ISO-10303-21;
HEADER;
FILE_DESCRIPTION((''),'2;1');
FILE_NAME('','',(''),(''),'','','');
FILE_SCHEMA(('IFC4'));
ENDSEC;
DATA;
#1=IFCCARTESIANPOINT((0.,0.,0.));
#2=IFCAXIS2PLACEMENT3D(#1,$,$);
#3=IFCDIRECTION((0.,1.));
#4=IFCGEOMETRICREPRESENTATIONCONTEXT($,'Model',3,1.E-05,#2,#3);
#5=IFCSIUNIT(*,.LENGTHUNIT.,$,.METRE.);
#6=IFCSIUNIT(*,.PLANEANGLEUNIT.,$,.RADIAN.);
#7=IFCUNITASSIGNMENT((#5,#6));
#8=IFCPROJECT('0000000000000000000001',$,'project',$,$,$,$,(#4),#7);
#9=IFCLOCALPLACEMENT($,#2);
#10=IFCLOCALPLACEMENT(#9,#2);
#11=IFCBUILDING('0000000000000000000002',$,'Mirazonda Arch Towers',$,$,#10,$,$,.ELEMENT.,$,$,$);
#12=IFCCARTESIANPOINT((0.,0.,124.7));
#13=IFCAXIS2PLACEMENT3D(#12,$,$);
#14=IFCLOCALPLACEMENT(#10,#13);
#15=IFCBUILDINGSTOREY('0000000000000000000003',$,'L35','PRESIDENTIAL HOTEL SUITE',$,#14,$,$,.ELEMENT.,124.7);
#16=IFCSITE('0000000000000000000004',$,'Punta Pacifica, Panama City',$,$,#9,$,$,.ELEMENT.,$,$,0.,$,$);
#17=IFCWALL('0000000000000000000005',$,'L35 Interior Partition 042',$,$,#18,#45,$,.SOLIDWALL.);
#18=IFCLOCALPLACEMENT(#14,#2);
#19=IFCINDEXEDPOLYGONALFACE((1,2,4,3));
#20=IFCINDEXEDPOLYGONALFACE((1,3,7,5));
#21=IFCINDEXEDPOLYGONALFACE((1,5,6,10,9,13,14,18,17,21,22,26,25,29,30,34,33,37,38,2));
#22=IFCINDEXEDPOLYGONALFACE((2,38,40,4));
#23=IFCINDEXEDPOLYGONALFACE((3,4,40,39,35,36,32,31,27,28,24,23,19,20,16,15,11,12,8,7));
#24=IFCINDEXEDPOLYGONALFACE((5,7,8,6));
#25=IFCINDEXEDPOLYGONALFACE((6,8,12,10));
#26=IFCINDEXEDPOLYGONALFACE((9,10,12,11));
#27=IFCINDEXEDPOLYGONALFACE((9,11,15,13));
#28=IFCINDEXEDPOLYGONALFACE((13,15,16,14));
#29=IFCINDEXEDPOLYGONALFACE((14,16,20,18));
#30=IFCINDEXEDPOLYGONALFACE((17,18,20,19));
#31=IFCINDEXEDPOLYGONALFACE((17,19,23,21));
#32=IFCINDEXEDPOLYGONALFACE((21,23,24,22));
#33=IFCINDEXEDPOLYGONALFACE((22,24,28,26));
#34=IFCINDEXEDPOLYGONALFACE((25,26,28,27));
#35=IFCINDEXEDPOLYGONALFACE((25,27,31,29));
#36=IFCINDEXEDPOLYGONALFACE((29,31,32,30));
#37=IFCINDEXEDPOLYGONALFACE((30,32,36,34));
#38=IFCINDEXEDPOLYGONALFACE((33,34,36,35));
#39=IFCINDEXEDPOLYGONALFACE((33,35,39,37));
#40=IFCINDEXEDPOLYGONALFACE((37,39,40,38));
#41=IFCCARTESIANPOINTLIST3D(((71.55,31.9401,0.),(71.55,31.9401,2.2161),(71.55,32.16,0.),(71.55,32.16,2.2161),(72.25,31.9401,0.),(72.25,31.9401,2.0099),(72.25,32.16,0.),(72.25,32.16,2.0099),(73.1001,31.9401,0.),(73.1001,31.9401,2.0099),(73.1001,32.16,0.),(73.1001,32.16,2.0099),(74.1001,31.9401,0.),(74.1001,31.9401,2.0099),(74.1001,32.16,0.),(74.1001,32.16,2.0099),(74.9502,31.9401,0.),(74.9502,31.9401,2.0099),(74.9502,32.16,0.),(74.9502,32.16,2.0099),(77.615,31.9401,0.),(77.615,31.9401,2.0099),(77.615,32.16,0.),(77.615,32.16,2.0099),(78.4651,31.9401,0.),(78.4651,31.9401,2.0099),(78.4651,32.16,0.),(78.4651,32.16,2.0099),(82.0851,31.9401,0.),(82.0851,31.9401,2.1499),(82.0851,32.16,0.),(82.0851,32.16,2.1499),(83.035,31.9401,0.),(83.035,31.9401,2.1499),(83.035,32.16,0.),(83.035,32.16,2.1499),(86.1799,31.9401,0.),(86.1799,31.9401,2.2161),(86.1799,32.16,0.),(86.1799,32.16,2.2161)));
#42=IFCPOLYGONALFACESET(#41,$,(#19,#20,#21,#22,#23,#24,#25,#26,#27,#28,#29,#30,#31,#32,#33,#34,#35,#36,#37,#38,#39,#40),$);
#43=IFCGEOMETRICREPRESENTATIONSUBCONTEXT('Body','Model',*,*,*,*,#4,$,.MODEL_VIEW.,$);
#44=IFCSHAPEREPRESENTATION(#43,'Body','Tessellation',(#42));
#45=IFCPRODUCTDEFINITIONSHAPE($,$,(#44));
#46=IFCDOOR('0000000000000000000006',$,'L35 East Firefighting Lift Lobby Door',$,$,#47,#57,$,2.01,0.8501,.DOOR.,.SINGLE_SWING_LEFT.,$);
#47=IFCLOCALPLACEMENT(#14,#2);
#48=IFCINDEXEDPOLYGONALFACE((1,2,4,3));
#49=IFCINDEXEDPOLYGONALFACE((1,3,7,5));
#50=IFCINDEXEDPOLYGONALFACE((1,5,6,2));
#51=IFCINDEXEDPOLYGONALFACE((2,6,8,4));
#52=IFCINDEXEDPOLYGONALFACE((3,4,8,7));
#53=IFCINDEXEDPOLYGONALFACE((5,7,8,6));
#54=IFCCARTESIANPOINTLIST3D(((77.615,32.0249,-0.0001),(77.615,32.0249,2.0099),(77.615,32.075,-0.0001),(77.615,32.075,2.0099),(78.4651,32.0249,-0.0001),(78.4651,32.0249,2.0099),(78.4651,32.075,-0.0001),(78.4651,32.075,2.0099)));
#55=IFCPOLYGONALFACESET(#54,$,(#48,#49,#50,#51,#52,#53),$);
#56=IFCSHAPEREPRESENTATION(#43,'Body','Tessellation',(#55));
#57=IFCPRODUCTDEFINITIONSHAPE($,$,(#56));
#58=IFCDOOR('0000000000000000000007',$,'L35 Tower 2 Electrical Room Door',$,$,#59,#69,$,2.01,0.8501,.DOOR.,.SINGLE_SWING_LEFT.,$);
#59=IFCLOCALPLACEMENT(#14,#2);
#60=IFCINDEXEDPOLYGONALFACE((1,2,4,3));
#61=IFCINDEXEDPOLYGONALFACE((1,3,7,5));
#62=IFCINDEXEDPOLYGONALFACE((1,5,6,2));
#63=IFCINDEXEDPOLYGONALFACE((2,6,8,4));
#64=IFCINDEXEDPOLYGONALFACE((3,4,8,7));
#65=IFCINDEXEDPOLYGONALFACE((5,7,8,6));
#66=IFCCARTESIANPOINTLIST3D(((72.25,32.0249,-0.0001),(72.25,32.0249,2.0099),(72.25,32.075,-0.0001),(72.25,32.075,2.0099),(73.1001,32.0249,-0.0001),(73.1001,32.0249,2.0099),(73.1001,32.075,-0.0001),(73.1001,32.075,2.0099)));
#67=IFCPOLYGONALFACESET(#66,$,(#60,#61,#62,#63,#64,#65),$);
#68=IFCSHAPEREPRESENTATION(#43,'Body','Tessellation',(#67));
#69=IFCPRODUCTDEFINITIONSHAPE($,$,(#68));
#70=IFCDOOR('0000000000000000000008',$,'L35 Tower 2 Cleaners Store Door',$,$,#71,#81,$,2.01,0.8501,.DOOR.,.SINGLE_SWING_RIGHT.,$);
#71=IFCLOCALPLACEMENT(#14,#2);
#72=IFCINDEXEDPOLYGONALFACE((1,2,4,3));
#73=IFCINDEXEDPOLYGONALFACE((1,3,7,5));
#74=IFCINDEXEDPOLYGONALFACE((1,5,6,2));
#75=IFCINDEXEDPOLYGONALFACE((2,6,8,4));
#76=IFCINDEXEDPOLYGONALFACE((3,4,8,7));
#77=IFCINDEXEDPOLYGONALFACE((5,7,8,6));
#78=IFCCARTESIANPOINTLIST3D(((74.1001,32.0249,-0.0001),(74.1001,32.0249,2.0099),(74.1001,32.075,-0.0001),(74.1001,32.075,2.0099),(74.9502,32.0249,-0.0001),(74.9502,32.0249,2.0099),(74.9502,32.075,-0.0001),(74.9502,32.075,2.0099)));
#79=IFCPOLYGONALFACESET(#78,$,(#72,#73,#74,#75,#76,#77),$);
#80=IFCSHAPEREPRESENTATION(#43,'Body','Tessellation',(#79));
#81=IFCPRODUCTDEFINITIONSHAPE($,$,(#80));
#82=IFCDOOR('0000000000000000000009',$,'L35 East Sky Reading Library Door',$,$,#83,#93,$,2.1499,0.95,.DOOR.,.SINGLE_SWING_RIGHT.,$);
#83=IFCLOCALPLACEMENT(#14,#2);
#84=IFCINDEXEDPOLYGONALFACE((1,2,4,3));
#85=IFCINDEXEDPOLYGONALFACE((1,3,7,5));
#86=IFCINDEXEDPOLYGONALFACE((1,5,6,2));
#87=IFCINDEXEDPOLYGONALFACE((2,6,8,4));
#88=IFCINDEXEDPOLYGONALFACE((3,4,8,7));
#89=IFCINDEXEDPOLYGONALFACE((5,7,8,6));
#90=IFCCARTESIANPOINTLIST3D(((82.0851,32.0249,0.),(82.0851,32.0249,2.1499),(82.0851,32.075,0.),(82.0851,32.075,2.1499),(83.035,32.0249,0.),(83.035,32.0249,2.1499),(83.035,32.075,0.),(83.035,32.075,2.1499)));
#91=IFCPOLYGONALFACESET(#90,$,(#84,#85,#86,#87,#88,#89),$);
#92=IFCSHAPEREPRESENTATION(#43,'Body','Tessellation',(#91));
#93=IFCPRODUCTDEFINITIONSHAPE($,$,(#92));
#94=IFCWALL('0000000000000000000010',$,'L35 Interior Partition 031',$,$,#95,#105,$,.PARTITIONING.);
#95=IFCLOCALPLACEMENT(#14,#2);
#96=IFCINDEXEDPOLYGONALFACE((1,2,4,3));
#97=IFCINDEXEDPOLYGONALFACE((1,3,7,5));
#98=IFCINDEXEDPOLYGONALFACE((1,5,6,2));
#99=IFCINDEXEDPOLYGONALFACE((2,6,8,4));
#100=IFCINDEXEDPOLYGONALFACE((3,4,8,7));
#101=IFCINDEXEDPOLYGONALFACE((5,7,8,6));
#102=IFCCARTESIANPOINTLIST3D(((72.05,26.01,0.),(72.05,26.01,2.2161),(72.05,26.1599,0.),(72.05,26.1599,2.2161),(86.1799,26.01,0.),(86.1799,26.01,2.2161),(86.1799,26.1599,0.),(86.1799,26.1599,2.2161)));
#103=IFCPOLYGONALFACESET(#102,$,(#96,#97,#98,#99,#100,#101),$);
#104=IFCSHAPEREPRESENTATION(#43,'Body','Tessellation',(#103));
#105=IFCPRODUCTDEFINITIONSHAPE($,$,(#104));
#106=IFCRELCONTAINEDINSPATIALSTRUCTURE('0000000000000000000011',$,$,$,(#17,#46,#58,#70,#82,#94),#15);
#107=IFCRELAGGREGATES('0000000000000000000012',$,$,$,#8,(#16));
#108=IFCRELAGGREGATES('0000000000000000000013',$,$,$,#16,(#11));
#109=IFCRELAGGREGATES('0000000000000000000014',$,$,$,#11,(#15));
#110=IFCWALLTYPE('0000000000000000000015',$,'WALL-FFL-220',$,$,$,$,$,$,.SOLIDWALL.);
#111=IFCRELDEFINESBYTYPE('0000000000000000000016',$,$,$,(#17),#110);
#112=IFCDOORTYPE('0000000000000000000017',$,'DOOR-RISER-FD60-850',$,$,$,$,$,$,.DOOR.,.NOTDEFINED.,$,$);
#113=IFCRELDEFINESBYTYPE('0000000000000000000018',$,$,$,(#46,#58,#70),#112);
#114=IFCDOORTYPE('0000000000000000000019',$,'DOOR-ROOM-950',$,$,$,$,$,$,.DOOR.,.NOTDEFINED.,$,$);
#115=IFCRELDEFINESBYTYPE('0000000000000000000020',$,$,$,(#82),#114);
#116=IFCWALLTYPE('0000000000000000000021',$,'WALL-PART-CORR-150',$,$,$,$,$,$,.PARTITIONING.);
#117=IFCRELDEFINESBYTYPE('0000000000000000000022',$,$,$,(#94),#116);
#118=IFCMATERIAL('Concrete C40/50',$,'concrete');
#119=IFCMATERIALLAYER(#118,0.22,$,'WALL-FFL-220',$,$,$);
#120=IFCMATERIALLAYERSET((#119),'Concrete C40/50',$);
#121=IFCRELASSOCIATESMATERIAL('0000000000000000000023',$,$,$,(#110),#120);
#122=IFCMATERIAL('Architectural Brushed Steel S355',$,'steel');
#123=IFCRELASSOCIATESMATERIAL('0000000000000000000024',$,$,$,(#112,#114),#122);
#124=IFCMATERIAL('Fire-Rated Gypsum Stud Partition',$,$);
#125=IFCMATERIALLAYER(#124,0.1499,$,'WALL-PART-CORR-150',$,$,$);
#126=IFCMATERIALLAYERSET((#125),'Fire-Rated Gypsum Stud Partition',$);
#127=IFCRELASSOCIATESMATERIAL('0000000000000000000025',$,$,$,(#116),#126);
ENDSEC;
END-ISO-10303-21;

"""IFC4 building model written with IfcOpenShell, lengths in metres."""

from ifc_helpers import new_model, si_unit, direction, frame, frame_2d, origin, place, context, subcontext, project, spatial, rectangle, extrude, material, layer, layer_set, type_object, element, fill, save


model = new_model("IFC4")

# Units and contexts
model_context = context("Model", 3, precision=1e-05, world=origin(), true_north=direction((0.0, 1.0)))
body_context = subcontext(model_context, "Body", "Model", "MODEL_VIEW")
ifc_project = project(units=[si_unit("LENGTHUNIT", "METRE"), si_unit("PLANEANGLEUNIT", "RADIAN")], contexts=[model_context])

# Site, building, storey
site_placement = place(None, origin())
site = spatial("IfcSite", under=ifc_project, at=site_placement, Name="Punta Pacifica, Panama City", CompositionType="ELEMENT", RefElevation=0.0)
building_placement = place(site_placement, origin())
building = spatial("IfcBuilding", under=site, at=building_placement, Name="Mirazonda Arch Towers", CompositionType="ELEMENT")
storey_placement = place(building_placement, frame((0.0, 0.0, 124.7)))
storey = spatial("IfcBuildingStorey", under=building, at=storey_placement, Name="L35", Description="PRESIDENTIAL HOTEL SUITE", CompositionType="ELEMENT", Elevation=124.7)

# Wall, openings, doors
ifc_material_1 = material(Name="Architectural Brushed Steel S355", Category="steel")
ifc_material_2 = material(Name="Concrete C40/50", Category="concrete")
ifc_layer_1 = layer(ifc_material_2, 0.22, Name="WALL-FFL-220")
ifc_layer_set_1 = layer_set([ifc_layer_1], Name="Concrete C40/50")
wall_type_1 = type_object("IfcWallType", Name="WALL-FFL-220", PredefinedType="SOLIDWALL", material=ifc_layer_set_1)
wall_1_placement = place(storey_placement, frame((71.55, 32.05, 0.0), z_axis=(0.0, 0.0, 1.0), x_axis=(1.0, 0.0, 0.0)))
wall_1 = element("IfcWall", 1, at=wall_1_placement, inside=storey, type_object=wall_type_1, Name="L35 Interior Partition 042", PredefinedType="SOLIDWALL", context=body_context, shape_type="SweptSolid", body=[
    extrude(rectangle(XDim=14.6299, YDim=0.22, at=frame_2d((7.3149, 0.0))), origin(), (0.0, 0.0, 1.0), 2.2161),
])
opening_1_placement = place(wall_1_placement, frame((6.0649, 0.0, 0.0)))
opening_1 = element("IfcOpeningElement", 2, at=opening_1_placement, cuts=wall_1, PredefinedType="OPENING", context=body_context, shape_type="SweptSolid", body=[
    extrude(rectangle(XDim=0.8501, YDim=2.01, at=frame_2d((0.425, 1.0049))), frame((0.0, 0.1199, 0.0), z_axis=(0.0, -1.0, 0.0), x_axis=(1.0, 0.0, 0.0)), (0.0, 0.0, 1.0), 0.24),
])
opening_2_placement = place(wall_1_placement, frame((10.5349, 0.0, 0.0)))
opening_2 = element("IfcOpeningElement", 3, at=opening_2_placement, cuts=wall_1, PredefinedType="OPENING", context=body_context, shape_type="SweptSolid", body=[
    extrude(rectangle(XDim=0.95, YDim=2.1499, at=frame_2d((0.4751, 1.075))), frame((0.0, 0.1199, 0.0), z_axis=(0.0, -1.0, 0.0), x_axis=(1.0, 0.0, 0.0)), (0.0, 0.0, 1.0), 0.24),
])
opening_3_placement = place(wall_1_placement, frame((0.7, 0.0, 0.0)))
opening_3 = element("IfcOpeningElement", 4, at=opening_3_placement, cuts=wall_1, PredefinedType="OPENING", context=body_context, shape_type="SweptSolid", body=[
    extrude(rectangle(XDim=0.8501, YDim=2.01, at=frame_2d((0.425, 1.0049))), frame((0.0, 0.1199, 0.0), z_axis=(0.0, -1.0, 0.0), x_axis=(1.0, 0.0, 0.0)), (0.0, 0.0, 1.0), 0.24),
])
opening_4_placement = place(wall_1_placement, frame((2.55, 0.0, 0.0)))
opening_4 = element("IfcOpeningElement", 5, at=opening_4_placement, cuts=wall_1, PredefinedType="OPENING", context=body_context, shape_type="SweptSolid", body=[
    extrude(rectangle(XDim=0.8501, YDim=2.01, at=frame_2d((0.425, 1.0049))), frame((0.0, 0.1199, 0.0), z_axis=(0.0, -1.0, 0.0), x_axis=(1.0, 0.0, 0.0)), (0.0, 0.0, 1.0), 0.24),
])
door_type_1 = type_object("IfcDoorType", Name="DOOR-RISER-FD60-850", OperationType="NOTDEFINED", PredefinedType="DOOR", material=ifc_material_1)
door_1_placement = place(opening_1_placement, origin())
door_1 = element("IfcDoor", 6, at=door_1_placement, inside=storey, type_object=door_type_1, Name="L35 East Firefighting Lift Lobby Door", OperationType="SINGLE_SWING_LEFT", OverallHeight=2.01, OverallWidth=0.8501, PredefinedType="DOOR", context=body_context, shape_type="SweptSolid", body=[
    extrude(rectangle(XDim=0.8501, YDim=2.01, at=frame_2d((0.425, 1.0049))), frame((0.0, 0.0249, 0.0), z_axis=(0.0, -1.0, 0.0), x_axis=(1.0, 0.0, 0.0)), (0.0, 0.0, 1.0), 0.05),
])
fill(opening_1, door_1)
door_2_placement = place(opening_3_placement, origin())
door_2 = element("IfcDoor", 7, at=door_2_placement, inside=storey, type_object=door_type_1, Name="L35 Tower 2 Electrical Room Door", OperationType="SINGLE_SWING_LEFT", OverallHeight=2.01, OverallWidth=0.8501, PredefinedType="DOOR", context=body_context, shape_type="SweptSolid", body=[
    extrude(rectangle(XDim=0.8501, YDim=2.01, at=frame_2d((0.425, 1.0049))), frame((0.0, 0.0249, 0.0), z_axis=(0.0, -1.0, 0.0), x_axis=(1.0, 0.0, 0.0)), (0.0, 0.0, 1.0), 0.05),
])
fill(opening_3, door_2)
door_3_placement = place(opening_4_placement, origin())
door_3 = element("IfcDoor", 8, at=door_3_placement, inside=storey, type_object=door_type_1, Name="L35 Tower 2 Cleaners Store Door", OperationType="SINGLE_SWING_RIGHT", OverallHeight=2.01, OverallWidth=0.8501, PredefinedType="DOOR", context=body_context, shape_type="SweptSolid", body=[
    extrude(rectangle(XDim=0.8501, YDim=2.01, at=frame_2d((0.425, 1.0049))), frame((0.0, 0.0249, 0.0), z_axis=(0.0, -1.0, 0.0), x_axis=(1.0, 0.0, 0.0)), (0.0, 0.0, 1.0), 0.05),
])
fill(opening_4, door_3)
door_type_2 = type_object("IfcDoorType", Name="DOOR-ROOM-950", OperationType="NOTDEFINED", PredefinedType="DOOR", material=ifc_material_1)
door_4_placement = place(opening_2_placement, origin())
door_4 = element("IfcDoor", 9, at=door_4_placement, inside=storey, type_object=door_type_2, Name="L35 East Sky Reading Library Door", OperationType="SINGLE_SWING_RIGHT", OverallHeight=2.1499, OverallWidth=0.95, PredefinedType="DOOR", context=body_context, shape_type="SweptSolid", body=[
    extrude(rectangle(XDim=0.95, YDim=2.1499, at=frame_2d((0.4751, 1.075))), frame((0.0, 0.0249, 0.0), z_axis=(0.0, -1.0, 0.0), x_axis=(1.0, 0.0, 0.0)), (0.0, 0.0, 1.0), 0.05),
])
fill(opening_2, door_4)

# Wall
ifc_material_3 = material(Name="Fire-Rated Gypsum Stud Partition")
ifc_layer_2 = layer(ifc_material_3, 0.1499, Name="WALL-PART-CORR-150")
ifc_layer_set_2 = layer_set([ifc_layer_2], Name="Fire-Rated Gypsum Stud Partition")
wall_type_2 = type_object("IfcWallType", Name="WALL-PART-CORR-150", PredefinedType="PARTITIONING", material=ifc_layer_set_2)
wall_2_placement = place(storey_placement, frame((72.05, 26.085, 0.0), z_axis=(0.0, 0.0, 1.0), x_axis=(1.0, 0.0, 0.0)))
element("IfcWall", 10, at=wall_2_placement, inside=storey, type_object=wall_type_2, Name="L35 Interior Partition 031", PredefinedType="PARTITIONING", context=body_context, shape_type="SweptSolid", body=[
    extrude(rectangle(XDim=14.1299, YDim=0.1499, at=frame_2d((7.0649, 0.0))), origin(), (0.0, 0.0, 1.0), 2.2161),
])

save(model, "model.ifc")
